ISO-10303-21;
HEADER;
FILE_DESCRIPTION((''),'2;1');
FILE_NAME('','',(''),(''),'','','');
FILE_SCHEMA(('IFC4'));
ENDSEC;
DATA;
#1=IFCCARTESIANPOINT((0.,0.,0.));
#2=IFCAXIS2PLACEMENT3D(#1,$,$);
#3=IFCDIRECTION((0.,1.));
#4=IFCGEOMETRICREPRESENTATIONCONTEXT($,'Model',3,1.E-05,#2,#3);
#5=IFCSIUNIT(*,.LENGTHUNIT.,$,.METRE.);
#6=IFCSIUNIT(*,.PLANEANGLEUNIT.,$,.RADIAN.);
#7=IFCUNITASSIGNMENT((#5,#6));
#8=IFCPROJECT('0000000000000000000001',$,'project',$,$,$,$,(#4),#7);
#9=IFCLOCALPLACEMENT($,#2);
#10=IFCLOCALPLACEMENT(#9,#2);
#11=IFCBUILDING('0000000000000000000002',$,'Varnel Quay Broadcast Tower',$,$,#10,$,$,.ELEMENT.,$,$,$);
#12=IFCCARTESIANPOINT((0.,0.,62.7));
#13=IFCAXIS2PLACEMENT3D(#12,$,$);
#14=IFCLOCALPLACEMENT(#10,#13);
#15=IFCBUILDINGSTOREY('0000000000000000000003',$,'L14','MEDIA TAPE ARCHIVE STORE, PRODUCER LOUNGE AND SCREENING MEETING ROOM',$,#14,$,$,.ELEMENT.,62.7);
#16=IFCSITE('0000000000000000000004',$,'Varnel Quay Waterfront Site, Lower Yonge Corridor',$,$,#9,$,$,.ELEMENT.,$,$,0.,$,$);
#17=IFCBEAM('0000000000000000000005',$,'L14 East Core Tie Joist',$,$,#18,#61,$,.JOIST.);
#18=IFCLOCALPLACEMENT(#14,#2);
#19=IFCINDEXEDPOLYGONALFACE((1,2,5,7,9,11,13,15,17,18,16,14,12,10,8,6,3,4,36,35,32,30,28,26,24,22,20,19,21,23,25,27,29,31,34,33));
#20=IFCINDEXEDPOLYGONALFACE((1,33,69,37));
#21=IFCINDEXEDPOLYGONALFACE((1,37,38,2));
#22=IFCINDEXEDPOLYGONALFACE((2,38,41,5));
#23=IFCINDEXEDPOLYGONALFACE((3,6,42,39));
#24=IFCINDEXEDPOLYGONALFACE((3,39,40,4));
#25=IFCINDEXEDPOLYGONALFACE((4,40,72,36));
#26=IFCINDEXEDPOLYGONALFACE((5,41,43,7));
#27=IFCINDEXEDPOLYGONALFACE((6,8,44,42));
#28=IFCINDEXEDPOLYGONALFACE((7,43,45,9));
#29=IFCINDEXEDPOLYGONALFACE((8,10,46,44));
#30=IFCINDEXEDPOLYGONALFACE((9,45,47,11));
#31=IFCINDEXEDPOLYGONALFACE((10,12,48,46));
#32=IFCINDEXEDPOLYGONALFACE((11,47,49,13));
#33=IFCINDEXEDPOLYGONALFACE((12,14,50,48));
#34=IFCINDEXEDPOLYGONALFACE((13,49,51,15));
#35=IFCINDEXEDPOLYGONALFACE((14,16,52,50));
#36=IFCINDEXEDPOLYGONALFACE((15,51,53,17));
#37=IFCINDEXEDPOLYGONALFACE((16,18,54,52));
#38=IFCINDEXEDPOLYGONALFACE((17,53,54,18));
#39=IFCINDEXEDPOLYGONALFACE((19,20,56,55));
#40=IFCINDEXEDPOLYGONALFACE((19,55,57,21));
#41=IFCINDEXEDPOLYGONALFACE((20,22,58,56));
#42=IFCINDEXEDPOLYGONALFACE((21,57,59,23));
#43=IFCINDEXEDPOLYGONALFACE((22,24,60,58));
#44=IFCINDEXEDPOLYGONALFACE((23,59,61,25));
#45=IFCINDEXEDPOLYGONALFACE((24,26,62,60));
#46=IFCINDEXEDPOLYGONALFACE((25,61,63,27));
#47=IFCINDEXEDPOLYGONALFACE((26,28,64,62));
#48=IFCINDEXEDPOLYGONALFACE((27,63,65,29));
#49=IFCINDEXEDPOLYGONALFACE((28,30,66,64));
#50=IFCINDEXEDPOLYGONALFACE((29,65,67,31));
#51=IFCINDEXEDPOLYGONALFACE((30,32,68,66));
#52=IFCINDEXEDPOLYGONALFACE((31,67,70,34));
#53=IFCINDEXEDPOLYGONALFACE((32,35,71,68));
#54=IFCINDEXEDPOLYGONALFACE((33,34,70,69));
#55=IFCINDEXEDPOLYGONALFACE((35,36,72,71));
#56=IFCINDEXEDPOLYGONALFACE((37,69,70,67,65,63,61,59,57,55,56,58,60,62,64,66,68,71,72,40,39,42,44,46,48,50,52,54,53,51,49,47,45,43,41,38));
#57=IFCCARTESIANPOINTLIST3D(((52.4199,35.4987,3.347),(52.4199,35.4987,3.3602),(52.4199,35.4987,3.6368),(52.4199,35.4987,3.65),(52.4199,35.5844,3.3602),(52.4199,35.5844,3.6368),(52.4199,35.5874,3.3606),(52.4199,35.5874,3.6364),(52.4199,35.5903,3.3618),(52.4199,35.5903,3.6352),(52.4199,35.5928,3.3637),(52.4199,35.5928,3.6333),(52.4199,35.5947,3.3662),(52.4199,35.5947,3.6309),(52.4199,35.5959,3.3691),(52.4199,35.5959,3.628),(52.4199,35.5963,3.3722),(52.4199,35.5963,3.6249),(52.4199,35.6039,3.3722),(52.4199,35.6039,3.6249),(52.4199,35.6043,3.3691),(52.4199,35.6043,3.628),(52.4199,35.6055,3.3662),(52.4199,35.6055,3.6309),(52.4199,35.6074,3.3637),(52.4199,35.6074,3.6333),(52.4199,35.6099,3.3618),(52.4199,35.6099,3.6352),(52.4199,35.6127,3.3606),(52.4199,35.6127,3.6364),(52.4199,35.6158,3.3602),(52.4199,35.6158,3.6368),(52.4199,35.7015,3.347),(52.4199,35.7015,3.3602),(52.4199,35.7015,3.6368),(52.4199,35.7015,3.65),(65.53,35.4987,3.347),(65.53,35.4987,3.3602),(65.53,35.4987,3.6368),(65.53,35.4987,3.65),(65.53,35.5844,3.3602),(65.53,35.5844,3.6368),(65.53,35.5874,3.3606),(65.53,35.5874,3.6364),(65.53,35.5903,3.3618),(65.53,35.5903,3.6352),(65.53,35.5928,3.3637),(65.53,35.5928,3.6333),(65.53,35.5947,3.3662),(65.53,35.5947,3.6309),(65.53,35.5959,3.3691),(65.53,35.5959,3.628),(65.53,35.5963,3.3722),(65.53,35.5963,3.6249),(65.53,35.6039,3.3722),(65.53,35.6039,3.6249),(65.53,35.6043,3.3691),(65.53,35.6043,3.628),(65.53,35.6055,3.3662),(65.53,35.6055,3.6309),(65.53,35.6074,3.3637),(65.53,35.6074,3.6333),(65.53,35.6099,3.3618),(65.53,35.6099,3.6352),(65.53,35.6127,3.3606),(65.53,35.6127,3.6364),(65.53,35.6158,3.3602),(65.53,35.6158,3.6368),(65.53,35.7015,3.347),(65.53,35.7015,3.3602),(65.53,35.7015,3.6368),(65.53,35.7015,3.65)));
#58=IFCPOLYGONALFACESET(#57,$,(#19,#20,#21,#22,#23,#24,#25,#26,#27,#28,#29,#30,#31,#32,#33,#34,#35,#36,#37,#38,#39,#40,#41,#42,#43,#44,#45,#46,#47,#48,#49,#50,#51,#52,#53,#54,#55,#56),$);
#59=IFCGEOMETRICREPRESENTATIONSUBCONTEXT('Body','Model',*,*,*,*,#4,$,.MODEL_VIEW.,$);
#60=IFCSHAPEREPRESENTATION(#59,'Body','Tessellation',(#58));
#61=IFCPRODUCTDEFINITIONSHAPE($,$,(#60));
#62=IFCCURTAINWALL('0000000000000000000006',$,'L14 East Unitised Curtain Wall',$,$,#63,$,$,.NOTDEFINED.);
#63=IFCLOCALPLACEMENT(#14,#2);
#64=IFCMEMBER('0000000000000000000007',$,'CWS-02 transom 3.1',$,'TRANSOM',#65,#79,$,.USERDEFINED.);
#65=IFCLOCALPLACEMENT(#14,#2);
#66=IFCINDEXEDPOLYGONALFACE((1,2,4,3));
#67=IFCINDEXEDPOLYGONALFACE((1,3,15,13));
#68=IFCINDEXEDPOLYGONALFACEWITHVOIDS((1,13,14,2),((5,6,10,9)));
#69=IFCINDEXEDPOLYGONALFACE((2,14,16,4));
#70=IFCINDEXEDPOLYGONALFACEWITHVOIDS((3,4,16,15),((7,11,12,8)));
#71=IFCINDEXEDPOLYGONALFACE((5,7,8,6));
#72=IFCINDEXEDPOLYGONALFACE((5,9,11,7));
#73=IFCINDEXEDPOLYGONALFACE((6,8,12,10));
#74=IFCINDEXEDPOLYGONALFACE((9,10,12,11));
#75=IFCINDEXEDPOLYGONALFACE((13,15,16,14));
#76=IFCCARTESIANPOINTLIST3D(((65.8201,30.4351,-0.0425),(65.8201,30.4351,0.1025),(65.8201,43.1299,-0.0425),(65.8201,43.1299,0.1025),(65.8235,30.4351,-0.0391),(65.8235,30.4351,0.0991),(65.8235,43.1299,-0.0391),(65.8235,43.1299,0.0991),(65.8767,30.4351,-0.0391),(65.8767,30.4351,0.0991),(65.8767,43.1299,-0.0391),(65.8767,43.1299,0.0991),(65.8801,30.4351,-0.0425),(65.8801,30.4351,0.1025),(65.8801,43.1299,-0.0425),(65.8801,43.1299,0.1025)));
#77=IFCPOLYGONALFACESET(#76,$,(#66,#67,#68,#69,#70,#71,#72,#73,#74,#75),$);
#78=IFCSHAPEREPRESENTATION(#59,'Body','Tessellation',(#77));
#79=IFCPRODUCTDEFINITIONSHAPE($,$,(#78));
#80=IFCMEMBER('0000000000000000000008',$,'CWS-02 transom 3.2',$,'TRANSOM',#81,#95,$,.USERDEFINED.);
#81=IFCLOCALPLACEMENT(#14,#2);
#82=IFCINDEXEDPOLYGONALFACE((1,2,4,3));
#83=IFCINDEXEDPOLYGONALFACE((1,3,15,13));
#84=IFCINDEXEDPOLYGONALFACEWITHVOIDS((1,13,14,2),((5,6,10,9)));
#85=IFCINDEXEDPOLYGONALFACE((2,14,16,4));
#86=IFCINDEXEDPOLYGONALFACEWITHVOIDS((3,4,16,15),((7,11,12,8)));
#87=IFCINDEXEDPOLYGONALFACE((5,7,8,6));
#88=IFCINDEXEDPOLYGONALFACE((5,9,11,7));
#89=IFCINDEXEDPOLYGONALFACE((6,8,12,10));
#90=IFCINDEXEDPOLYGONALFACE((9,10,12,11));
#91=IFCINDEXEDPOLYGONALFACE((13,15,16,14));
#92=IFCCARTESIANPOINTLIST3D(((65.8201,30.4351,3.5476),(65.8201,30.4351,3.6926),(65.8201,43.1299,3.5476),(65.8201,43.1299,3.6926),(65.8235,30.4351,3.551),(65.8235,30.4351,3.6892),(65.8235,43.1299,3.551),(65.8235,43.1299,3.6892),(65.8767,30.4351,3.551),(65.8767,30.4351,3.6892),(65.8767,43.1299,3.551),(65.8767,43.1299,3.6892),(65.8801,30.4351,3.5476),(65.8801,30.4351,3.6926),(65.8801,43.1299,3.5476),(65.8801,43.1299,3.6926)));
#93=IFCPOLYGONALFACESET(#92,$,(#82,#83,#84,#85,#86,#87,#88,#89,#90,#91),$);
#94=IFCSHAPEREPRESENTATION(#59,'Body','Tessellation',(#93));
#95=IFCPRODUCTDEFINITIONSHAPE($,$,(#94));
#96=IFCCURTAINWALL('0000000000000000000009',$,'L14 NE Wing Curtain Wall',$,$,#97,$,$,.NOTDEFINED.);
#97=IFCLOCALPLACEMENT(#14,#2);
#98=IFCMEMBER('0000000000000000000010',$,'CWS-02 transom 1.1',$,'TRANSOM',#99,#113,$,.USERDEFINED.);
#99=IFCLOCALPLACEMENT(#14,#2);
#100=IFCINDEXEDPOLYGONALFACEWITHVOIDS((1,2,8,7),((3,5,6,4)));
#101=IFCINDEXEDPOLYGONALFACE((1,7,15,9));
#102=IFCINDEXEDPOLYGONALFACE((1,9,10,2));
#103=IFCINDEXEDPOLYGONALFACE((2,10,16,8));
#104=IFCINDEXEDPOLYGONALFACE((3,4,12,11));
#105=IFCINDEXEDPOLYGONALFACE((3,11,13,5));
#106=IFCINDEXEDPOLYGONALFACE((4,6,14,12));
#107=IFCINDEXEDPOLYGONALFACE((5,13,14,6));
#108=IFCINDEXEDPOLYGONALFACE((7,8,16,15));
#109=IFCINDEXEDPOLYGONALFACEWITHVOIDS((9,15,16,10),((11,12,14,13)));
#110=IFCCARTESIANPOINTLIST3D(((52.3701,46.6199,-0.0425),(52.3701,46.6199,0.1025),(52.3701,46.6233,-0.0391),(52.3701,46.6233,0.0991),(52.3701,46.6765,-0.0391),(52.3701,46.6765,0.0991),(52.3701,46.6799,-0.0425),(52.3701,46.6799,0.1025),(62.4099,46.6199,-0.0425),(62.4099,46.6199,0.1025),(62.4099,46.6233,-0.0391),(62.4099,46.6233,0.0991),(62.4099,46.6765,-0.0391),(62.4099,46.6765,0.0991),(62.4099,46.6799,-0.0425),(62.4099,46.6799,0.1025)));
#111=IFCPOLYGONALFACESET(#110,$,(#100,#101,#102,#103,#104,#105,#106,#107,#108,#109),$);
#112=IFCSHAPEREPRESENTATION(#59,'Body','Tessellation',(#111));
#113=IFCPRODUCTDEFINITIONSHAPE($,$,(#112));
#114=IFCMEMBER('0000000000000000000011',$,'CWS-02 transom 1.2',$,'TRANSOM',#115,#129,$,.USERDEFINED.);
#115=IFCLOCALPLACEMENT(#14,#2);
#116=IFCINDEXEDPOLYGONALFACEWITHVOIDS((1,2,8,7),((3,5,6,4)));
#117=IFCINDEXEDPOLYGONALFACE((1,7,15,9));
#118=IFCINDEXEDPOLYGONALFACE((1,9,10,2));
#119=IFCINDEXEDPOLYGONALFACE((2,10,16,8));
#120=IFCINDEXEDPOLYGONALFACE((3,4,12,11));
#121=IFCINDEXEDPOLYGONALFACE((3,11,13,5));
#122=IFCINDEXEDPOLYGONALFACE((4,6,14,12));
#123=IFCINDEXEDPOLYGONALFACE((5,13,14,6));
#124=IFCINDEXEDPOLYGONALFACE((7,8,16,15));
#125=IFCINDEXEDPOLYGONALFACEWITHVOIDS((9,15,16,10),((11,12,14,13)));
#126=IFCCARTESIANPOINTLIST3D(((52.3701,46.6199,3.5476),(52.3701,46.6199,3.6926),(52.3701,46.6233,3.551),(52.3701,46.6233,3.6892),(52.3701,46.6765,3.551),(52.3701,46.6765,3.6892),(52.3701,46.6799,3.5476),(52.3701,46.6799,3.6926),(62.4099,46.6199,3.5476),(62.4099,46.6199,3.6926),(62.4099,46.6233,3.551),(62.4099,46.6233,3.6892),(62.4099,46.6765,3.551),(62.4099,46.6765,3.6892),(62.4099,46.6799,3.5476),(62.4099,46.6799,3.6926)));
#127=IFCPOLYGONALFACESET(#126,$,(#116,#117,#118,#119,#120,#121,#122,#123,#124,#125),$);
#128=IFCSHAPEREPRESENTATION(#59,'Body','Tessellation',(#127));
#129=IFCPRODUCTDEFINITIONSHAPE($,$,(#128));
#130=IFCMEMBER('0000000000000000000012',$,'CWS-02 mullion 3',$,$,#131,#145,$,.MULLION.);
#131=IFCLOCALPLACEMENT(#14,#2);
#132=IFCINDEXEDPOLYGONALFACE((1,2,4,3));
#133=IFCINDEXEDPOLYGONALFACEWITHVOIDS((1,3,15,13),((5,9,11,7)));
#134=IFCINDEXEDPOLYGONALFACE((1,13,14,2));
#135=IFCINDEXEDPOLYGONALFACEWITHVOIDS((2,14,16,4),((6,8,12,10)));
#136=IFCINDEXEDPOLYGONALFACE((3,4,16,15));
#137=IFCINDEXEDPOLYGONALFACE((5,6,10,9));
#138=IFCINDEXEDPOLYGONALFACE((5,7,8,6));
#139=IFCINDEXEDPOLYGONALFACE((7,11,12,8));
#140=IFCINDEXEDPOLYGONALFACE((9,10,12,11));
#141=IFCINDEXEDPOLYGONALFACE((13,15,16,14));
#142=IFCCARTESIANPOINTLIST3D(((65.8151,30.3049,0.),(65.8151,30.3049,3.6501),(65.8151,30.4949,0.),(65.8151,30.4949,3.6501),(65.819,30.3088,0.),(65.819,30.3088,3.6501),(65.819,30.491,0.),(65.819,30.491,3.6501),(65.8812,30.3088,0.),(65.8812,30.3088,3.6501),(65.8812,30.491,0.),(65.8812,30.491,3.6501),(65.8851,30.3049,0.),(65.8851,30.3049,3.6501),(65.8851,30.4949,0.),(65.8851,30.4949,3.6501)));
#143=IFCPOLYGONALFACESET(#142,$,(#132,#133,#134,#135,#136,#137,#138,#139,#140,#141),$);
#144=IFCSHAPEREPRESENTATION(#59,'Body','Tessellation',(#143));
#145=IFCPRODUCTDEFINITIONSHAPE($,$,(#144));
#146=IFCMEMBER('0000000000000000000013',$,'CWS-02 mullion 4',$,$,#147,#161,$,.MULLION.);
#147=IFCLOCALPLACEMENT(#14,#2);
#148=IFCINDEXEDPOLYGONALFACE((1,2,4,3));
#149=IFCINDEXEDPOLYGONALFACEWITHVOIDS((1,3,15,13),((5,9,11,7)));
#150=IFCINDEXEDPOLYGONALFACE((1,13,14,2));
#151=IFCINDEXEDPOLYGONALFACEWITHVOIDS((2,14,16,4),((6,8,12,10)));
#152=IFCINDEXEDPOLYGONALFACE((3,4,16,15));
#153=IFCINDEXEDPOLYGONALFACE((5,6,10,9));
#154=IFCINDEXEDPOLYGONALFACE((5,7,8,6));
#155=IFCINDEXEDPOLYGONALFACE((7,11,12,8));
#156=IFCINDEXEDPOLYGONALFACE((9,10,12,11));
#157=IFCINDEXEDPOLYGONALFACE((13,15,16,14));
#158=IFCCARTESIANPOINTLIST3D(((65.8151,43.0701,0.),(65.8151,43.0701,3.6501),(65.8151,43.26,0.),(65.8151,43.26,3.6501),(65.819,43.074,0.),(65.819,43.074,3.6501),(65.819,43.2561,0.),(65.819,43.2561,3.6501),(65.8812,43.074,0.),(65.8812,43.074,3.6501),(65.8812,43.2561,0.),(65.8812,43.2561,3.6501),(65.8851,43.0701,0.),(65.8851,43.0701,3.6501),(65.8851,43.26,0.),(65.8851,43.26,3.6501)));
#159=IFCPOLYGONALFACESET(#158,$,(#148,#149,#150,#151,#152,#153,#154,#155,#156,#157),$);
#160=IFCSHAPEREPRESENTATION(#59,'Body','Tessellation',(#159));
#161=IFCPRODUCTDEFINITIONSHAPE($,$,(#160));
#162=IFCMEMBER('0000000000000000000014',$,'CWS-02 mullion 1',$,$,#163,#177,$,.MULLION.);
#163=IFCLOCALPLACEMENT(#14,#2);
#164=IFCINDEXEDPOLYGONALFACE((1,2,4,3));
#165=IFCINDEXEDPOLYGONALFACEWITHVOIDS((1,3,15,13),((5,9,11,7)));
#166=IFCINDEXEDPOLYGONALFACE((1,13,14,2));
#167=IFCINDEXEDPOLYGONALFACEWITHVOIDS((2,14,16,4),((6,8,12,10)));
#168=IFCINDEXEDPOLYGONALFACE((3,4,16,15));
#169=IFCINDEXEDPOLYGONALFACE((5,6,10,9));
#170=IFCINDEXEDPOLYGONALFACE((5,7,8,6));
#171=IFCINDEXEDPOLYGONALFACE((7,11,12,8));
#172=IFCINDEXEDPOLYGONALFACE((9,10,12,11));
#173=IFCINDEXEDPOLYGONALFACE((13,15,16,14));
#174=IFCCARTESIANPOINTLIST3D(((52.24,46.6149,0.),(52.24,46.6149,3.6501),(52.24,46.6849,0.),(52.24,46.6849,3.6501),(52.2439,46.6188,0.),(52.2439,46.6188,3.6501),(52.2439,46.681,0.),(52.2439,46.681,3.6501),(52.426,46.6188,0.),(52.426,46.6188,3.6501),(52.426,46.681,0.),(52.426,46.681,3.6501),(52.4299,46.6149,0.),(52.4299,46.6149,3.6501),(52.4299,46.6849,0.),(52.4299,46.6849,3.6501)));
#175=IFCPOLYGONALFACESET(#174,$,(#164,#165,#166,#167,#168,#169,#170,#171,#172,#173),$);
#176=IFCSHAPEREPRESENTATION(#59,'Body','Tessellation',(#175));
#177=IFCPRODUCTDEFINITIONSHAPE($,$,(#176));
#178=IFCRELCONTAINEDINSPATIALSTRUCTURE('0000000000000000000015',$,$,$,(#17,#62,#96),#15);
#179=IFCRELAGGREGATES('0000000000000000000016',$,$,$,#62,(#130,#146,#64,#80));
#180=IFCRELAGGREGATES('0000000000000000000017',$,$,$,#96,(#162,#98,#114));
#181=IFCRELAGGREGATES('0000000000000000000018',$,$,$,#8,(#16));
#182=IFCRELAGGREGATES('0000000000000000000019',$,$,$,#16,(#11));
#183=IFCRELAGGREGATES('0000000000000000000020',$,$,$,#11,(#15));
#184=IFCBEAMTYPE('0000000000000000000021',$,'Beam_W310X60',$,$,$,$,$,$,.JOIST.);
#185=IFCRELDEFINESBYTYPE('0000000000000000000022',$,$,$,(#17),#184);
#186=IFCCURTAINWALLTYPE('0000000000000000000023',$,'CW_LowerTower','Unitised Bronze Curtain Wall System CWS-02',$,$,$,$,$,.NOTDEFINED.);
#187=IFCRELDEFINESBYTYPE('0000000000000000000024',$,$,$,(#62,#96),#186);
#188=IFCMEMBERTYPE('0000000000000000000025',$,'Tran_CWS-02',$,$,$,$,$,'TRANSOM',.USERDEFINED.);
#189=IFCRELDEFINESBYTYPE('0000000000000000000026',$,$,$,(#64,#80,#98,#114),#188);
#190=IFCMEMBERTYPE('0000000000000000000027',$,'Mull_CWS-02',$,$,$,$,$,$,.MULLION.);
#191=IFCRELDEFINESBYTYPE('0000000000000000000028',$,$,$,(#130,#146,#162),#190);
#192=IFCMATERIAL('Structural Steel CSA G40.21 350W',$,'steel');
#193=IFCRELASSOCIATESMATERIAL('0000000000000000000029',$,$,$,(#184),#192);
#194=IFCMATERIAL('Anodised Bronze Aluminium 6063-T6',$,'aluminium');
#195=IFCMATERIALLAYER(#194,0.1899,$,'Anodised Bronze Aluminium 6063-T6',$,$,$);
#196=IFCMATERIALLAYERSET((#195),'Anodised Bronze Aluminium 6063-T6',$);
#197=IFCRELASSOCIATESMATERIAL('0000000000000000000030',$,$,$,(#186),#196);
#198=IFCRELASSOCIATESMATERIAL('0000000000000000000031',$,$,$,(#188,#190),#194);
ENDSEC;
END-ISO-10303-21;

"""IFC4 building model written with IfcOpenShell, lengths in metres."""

from ifc_helpers import new_model, si_unit, direction, frame, origin, origin_2d, place, context, subcontext, project, spatial, hollow_rectangle, i_section, extrude, source, transform, mapped, material, layer, layer_set, material_profile, profile_set, type_object, type_shapes, element, aggregate, save


model = new_model("IFC4")

# Units and contexts
model_context = context("Model", 3, precision=1e-05, world=origin(), true_north=direction((0.0, 1.0)))
body_context = subcontext(model_context, "Body", "Model", "MODEL_VIEW")
ifc_project = project(units=[si_unit("LENGTHUNIT", "METRE"), si_unit("PLANEANGLEUNIT", "RADIAN")], contexts=[model_context])

# Site, building, storey
site_placement = place(None, origin())
site = spatial("IfcSite", under=ifc_project, at=site_placement, Name="Varnel Quay Waterfront Site, Lower Yonge Corridor", CompositionType="ELEMENT", RefElevation=0.0)
building_placement = place(site_placement, origin())
building = spatial("IfcBuilding", under=site, at=building_placement, Name="Varnel Quay Broadcast Tower", CompositionType="ELEMENT")
storey_placement = place(building_placement, frame((0.0, 0.0, 62.7)))
storey = spatial("IfcBuildingStorey", under=building, at=storey_placement, Name="L14", Description="MEDIA TAPE ARCHIVE STORE, PRODUCER LOUNGE AND SCREENING MEETING ROOM", CompositionType="ELEMENT", Elevation=62.7)

# Shared definitions
ifc_material_1 = material(Name="Structural Steel CSA G40.21 350W", Category="steel")

# Beam
ifc_material_profile_1 = material_profile(ifc_material_1, i_section(OverallWidth=0.2029, OverallDepth=0.303, WebThickness=0.0076, FlangeThickness=0.0132, FilletRadius=0.012, at=origin_2d()), Name="W310X60")
ifc_profile_set_1 = profile_set([ifc_material_profile_1], Name="Structural Steel CSA G40.21 350W")
beam_type_1 = type_object("IfcBeamType", Name="Beam_W310X60", PredefinedType="JOIST", material=ifc_profile_set_1)
shared_shape_1 = source(origin(), body_context, "Body", "SweptSolid", [
    extrude(i_section(OverallWidth=0.2029, OverallDepth=0.303, WebThickness=0.0076, FlangeThickness=0.0132, FilletRadius=0.012, at=origin_2d()), origin(), (0.0, 0.0, 1.0), 13.1101),
])
type_shapes(beam_type_1, [shared_shape_1])
beam_1_placement = place(storey_placement, frame((52.4199, 35.6001, 3.4985), z_axis=(1.0, 0.0, 0.0), x_axis=(0.0, 1.0, 0.0)))
element("IfcBeam", 1, at=beam_1_placement, inside=storey, type_object=beam_type_1, Name="L14 East Core Tie Joist", PredefinedType="JOIST", context=body_context, shape_type="MappedRepresentation", body=[
    mapped(shared_shape_1, transform((0.0, 0.0, 0.0), x_axis=(1.0, 0.0, 0.0), y_axis=(0.0, 1.0, 0.0), z_axis=(0.0, 0.0, 1.0), scale=1.0)),
])

# Curtain walls, members
ifc_material_2 = material(Name="Anodised Bronze Aluminium 6063-T6", Category="aluminium")
ifc_layer_1 = layer(ifc_material_2, 0.1899, Name="Anodised Bronze Aluminium 6063-T6")
ifc_layer_set_1 = layer_set([ifc_layer_1], Name="Anodised Bronze Aluminium 6063-T6")
curtain_wall_type = type_object("IfcCurtainWallType", Name="CW_LowerTower", Description="Unitised Bronze Curtain Wall System CWS-02", PredefinedType="NOTDEFINED", material=ifc_layer_set_1)
curtain_wall_1_placement = place(storey_placement, origin())
curtain_wall_1 = element("IfcCurtainWall", 2, at=curtain_wall_1_placement, inside=storey, type_object=curtain_wall_type, Name="L14 East Unitised Curtain Wall", PredefinedType="NOTDEFINED")
ifc_material_profile_2 = material_profile(ifc_material_2, hollow_rectangle(XDim=0.0601, YDim=0.145, WallThickness=0.0034, at=origin_2d()), Name="ALU60X145X3.5")
ifc_profile_set_2 = profile_set([ifc_material_profile_2], Name="Anodised Bronze Aluminium 6063-T6")
member_type_1 = type_object("IfcMemberType", Name="Tran_CWS-02", ElementType="TRANSOM", PredefinedType="USERDEFINED", material=ifc_profile_set_2)
shared_shape_2 = source(origin(), body_context, "Body", "SweptSolid", [
    extrude(hollow_rectangle(XDim=0.0601, YDim=0.145, WallThickness=0.0034, at=origin_2d()), origin(), (0.0, 0.0, 1.0), 12.6948),
])
member_1_placement = place(storey_placement, frame((65.8501, 30.4351, 0.03), z_axis=(0.0, 1.0, 0.0), x_axis=(-1.0, 0.0, 0.0)))
member_1 = element("IfcMember", 3, at=member_1_placement, type_object=member_type_1, Name="CWS-02 transom 3.1", ObjectType="TRANSOM", PredefinedType="USERDEFINED", context=body_context, shape_type="MappedRepresentation", body=[
    mapped(shared_shape_2, transform((0.0, 0.0, 0.0), x_axis=(1.0, 0.0, 0.0), y_axis=(0.0, 1.0, 0.0), z_axis=(0.0, 0.0, 1.0), scale=1.0)),
])
member_2_placement = place(storey_placement, frame((65.8501, 30.4351, 3.6201), z_axis=(0.0, 1.0, 0.0), x_axis=(-1.0, 0.0, 0.0)))
member_2 = element("IfcMember", 4, at=member_2_placement, type_object=member_type_1, Name="CWS-02 transom 3.2", ObjectType="TRANSOM", PredefinedType="USERDEFINED", context=body_context, shape_type="MappedRepresentation", body=[
    mapped(shared_shape_2, transform((0.0, 0.0, 0.0), x_axis=(1.0, 0.0, 0.0), y_axis=(0.0, 1.0, 0.0), z_axis=(0.0, 0.0, 1.0), scale=1.0)),
])
curtain_wall_2_placement = place(storey_placement, origin())
curtain_wall_2 = element("IfcCurtainWall", 5, at=curtain_wall_2_placement, inside=storey, type_object=curtain_wall_type, Name="L14 NE Wing Curtain Wall", PredefinedType="NOTDEFINED")
shared_shape_3 = source(origin(), body_context, "Body", "SweptSolid", [
    extrude(hollow_rectangle(XDim=0.0601, YDim=0.145, WallThickness=0.0034, at=origin_2d()), origin(), (0.0, 0.0, 1.0), 10.0398),
])
type_shapes(member_type_1, [shared_shape_2, shared_shape_3])
member_3_placement = place(storey_placement, frame((52.3701, 46.6499, 0.03), z_axis=(1.0, 0.0, 0.0), x_axis=(0.0, 1.0, 0.0)))
member_3 = element("IfcMember", 6, at=member_3_placement, type_object=member_type_1, Name="CWS-02 transom 1.1", ObjectType="TRANSOM", PredefinedType="USERDEFINED", context=body_context, shape_type="MappedRepresentation", body=[
    mapped(shared_shape_3, transform((0.0, 0.0, 0.0), x_axis=(1.0, 0.0, 0.0), y_axis=(0.0, 1.0, 0.0), z_axis=(0.0, 0.0, 1.0), scale=1.0)),
])
member_4_placement = place(storey_placement, frame((52.3701, 46.6499, 3.6201), z_axis=(1.0, 0.0, 0.0), x_axis=(0.0, 1.0, 0.0)))
member_4 = element("IfcMember", 7, at=member_4_placement, type_object=member_type_1, Name="CWS-02 transom 1.2", ObjectType="TRANSOM", PredefinedType="USERDEFINED", context=body_context, shape_type="MappedRepresentation", body=[
    mapped(shared_shape_3, transform((0.0, 0.0, 0.0), x_axis=(1.0, 0.0, 0.0), y_axis=(0.0, 1.0, 0.0), z_axis=(0.0, 0.0, 1.0), scale=1.0)),
])

# Members
ifc_material_profile_3 = material_profile(ifc_material_2, hollow_rectangle(XDim=0.0701, YDim=0.1899, WallThickness=0.0039, at=origin_2d()), Name="ALU70X190X4")
ifc_profile_set_3 = profile_set([ifc_material_profile_3], Name="Anodised Bronze Aluminium 6063-T6")
member_type_2 = type_object("IfcMemberType", Name="Mull_CWS-02", PredefinedType="MULLION", material=ifc_profile_set_3)
shared_shape_4 = source(origin(), body_context, "Body", "SweptSolid", [
    extrude(hollow_rectangle(XDim=0.0701, YDim=0.1899, WallThickness=0.0039, at=origin_2d()), origin(), (0.0, 0.0, 1.0), 3.6501),
])
type_shapes(member_type_2, [shared_shape_4])
member_5_placement = place(storey_placement, frame((65.8501, 30.3999, 0.0), z_axis=(0.0, 0.0, 1.0), x_axis=(-1.0, 0.0, 0.0)))
member_5 = element("IfcMember", 8, at=member_5_placement, type_object=member_type_2, Name="CWS-02 mullion 3", PredefinedType="MULLION", context=body_context, shape_type="MappedRepresentation", body=[
    mapped(shared_shape_4, transform((0.0, 0.0, 0.0), x_axis=(1.0, 0.0, 0.0), y_axis=(0.0, 1.0, 0.0), z_axis=(0.0, 0.0, 1.0), scale=1.0)),
])
member_6_placement = place(storey_placement, frame((65.8501, 43.165, 0.0), z_axis=(0.0, 0.0, 1.0), x_axis=(-1.0, 0.0, 0.0)))
member_6 = element("IfcMember", 9, at=member_6_placement, type_object=member_type_2, Name="CWS-02 mullion 4", PredefinedType="MULLION", context=body_context, shape_type="MappedRepresentation", body=[
    mapped(shared_shape_4, transform((0.0, 0.0, 0.0), x_axis=(1.0, 0.0, 0.0), y_axis=(0.0, 1.0, 0.0), z_axis=(0.0, 0.0, 1.0), scale=1.0)),
])
member_7_placement = place(storey_placement, frame((52.335, 46.6499, 0.0), z_axis=(0.0, 0.0, 1.0), x_axis=(0.0, 1.0, 0.0)))
member_7 = element("IfcMember", 10, at=member_7_placement, type_object=member_type_2, Name="CWS-02 mullion 1", PredefinedType="MULLION", context=body_context, shape_type="MappedRepresentation", body=[
    mapped(shared_shape_4, transform((0.0, 0.0, 0.0), x_axis=(1.0, 0.0, 0.0), y_axis=(0.0, 1.0, 0.0), z_axis=(0.0, 0.0, 1.0), scale=1.0)),
])

aggregate(curtain_wall_1, [member_5, member_6, member_1, member_2])
aggregate(curtain_wall_2, [member_7, member_3, member_4])

save(model, "model.ifc")
